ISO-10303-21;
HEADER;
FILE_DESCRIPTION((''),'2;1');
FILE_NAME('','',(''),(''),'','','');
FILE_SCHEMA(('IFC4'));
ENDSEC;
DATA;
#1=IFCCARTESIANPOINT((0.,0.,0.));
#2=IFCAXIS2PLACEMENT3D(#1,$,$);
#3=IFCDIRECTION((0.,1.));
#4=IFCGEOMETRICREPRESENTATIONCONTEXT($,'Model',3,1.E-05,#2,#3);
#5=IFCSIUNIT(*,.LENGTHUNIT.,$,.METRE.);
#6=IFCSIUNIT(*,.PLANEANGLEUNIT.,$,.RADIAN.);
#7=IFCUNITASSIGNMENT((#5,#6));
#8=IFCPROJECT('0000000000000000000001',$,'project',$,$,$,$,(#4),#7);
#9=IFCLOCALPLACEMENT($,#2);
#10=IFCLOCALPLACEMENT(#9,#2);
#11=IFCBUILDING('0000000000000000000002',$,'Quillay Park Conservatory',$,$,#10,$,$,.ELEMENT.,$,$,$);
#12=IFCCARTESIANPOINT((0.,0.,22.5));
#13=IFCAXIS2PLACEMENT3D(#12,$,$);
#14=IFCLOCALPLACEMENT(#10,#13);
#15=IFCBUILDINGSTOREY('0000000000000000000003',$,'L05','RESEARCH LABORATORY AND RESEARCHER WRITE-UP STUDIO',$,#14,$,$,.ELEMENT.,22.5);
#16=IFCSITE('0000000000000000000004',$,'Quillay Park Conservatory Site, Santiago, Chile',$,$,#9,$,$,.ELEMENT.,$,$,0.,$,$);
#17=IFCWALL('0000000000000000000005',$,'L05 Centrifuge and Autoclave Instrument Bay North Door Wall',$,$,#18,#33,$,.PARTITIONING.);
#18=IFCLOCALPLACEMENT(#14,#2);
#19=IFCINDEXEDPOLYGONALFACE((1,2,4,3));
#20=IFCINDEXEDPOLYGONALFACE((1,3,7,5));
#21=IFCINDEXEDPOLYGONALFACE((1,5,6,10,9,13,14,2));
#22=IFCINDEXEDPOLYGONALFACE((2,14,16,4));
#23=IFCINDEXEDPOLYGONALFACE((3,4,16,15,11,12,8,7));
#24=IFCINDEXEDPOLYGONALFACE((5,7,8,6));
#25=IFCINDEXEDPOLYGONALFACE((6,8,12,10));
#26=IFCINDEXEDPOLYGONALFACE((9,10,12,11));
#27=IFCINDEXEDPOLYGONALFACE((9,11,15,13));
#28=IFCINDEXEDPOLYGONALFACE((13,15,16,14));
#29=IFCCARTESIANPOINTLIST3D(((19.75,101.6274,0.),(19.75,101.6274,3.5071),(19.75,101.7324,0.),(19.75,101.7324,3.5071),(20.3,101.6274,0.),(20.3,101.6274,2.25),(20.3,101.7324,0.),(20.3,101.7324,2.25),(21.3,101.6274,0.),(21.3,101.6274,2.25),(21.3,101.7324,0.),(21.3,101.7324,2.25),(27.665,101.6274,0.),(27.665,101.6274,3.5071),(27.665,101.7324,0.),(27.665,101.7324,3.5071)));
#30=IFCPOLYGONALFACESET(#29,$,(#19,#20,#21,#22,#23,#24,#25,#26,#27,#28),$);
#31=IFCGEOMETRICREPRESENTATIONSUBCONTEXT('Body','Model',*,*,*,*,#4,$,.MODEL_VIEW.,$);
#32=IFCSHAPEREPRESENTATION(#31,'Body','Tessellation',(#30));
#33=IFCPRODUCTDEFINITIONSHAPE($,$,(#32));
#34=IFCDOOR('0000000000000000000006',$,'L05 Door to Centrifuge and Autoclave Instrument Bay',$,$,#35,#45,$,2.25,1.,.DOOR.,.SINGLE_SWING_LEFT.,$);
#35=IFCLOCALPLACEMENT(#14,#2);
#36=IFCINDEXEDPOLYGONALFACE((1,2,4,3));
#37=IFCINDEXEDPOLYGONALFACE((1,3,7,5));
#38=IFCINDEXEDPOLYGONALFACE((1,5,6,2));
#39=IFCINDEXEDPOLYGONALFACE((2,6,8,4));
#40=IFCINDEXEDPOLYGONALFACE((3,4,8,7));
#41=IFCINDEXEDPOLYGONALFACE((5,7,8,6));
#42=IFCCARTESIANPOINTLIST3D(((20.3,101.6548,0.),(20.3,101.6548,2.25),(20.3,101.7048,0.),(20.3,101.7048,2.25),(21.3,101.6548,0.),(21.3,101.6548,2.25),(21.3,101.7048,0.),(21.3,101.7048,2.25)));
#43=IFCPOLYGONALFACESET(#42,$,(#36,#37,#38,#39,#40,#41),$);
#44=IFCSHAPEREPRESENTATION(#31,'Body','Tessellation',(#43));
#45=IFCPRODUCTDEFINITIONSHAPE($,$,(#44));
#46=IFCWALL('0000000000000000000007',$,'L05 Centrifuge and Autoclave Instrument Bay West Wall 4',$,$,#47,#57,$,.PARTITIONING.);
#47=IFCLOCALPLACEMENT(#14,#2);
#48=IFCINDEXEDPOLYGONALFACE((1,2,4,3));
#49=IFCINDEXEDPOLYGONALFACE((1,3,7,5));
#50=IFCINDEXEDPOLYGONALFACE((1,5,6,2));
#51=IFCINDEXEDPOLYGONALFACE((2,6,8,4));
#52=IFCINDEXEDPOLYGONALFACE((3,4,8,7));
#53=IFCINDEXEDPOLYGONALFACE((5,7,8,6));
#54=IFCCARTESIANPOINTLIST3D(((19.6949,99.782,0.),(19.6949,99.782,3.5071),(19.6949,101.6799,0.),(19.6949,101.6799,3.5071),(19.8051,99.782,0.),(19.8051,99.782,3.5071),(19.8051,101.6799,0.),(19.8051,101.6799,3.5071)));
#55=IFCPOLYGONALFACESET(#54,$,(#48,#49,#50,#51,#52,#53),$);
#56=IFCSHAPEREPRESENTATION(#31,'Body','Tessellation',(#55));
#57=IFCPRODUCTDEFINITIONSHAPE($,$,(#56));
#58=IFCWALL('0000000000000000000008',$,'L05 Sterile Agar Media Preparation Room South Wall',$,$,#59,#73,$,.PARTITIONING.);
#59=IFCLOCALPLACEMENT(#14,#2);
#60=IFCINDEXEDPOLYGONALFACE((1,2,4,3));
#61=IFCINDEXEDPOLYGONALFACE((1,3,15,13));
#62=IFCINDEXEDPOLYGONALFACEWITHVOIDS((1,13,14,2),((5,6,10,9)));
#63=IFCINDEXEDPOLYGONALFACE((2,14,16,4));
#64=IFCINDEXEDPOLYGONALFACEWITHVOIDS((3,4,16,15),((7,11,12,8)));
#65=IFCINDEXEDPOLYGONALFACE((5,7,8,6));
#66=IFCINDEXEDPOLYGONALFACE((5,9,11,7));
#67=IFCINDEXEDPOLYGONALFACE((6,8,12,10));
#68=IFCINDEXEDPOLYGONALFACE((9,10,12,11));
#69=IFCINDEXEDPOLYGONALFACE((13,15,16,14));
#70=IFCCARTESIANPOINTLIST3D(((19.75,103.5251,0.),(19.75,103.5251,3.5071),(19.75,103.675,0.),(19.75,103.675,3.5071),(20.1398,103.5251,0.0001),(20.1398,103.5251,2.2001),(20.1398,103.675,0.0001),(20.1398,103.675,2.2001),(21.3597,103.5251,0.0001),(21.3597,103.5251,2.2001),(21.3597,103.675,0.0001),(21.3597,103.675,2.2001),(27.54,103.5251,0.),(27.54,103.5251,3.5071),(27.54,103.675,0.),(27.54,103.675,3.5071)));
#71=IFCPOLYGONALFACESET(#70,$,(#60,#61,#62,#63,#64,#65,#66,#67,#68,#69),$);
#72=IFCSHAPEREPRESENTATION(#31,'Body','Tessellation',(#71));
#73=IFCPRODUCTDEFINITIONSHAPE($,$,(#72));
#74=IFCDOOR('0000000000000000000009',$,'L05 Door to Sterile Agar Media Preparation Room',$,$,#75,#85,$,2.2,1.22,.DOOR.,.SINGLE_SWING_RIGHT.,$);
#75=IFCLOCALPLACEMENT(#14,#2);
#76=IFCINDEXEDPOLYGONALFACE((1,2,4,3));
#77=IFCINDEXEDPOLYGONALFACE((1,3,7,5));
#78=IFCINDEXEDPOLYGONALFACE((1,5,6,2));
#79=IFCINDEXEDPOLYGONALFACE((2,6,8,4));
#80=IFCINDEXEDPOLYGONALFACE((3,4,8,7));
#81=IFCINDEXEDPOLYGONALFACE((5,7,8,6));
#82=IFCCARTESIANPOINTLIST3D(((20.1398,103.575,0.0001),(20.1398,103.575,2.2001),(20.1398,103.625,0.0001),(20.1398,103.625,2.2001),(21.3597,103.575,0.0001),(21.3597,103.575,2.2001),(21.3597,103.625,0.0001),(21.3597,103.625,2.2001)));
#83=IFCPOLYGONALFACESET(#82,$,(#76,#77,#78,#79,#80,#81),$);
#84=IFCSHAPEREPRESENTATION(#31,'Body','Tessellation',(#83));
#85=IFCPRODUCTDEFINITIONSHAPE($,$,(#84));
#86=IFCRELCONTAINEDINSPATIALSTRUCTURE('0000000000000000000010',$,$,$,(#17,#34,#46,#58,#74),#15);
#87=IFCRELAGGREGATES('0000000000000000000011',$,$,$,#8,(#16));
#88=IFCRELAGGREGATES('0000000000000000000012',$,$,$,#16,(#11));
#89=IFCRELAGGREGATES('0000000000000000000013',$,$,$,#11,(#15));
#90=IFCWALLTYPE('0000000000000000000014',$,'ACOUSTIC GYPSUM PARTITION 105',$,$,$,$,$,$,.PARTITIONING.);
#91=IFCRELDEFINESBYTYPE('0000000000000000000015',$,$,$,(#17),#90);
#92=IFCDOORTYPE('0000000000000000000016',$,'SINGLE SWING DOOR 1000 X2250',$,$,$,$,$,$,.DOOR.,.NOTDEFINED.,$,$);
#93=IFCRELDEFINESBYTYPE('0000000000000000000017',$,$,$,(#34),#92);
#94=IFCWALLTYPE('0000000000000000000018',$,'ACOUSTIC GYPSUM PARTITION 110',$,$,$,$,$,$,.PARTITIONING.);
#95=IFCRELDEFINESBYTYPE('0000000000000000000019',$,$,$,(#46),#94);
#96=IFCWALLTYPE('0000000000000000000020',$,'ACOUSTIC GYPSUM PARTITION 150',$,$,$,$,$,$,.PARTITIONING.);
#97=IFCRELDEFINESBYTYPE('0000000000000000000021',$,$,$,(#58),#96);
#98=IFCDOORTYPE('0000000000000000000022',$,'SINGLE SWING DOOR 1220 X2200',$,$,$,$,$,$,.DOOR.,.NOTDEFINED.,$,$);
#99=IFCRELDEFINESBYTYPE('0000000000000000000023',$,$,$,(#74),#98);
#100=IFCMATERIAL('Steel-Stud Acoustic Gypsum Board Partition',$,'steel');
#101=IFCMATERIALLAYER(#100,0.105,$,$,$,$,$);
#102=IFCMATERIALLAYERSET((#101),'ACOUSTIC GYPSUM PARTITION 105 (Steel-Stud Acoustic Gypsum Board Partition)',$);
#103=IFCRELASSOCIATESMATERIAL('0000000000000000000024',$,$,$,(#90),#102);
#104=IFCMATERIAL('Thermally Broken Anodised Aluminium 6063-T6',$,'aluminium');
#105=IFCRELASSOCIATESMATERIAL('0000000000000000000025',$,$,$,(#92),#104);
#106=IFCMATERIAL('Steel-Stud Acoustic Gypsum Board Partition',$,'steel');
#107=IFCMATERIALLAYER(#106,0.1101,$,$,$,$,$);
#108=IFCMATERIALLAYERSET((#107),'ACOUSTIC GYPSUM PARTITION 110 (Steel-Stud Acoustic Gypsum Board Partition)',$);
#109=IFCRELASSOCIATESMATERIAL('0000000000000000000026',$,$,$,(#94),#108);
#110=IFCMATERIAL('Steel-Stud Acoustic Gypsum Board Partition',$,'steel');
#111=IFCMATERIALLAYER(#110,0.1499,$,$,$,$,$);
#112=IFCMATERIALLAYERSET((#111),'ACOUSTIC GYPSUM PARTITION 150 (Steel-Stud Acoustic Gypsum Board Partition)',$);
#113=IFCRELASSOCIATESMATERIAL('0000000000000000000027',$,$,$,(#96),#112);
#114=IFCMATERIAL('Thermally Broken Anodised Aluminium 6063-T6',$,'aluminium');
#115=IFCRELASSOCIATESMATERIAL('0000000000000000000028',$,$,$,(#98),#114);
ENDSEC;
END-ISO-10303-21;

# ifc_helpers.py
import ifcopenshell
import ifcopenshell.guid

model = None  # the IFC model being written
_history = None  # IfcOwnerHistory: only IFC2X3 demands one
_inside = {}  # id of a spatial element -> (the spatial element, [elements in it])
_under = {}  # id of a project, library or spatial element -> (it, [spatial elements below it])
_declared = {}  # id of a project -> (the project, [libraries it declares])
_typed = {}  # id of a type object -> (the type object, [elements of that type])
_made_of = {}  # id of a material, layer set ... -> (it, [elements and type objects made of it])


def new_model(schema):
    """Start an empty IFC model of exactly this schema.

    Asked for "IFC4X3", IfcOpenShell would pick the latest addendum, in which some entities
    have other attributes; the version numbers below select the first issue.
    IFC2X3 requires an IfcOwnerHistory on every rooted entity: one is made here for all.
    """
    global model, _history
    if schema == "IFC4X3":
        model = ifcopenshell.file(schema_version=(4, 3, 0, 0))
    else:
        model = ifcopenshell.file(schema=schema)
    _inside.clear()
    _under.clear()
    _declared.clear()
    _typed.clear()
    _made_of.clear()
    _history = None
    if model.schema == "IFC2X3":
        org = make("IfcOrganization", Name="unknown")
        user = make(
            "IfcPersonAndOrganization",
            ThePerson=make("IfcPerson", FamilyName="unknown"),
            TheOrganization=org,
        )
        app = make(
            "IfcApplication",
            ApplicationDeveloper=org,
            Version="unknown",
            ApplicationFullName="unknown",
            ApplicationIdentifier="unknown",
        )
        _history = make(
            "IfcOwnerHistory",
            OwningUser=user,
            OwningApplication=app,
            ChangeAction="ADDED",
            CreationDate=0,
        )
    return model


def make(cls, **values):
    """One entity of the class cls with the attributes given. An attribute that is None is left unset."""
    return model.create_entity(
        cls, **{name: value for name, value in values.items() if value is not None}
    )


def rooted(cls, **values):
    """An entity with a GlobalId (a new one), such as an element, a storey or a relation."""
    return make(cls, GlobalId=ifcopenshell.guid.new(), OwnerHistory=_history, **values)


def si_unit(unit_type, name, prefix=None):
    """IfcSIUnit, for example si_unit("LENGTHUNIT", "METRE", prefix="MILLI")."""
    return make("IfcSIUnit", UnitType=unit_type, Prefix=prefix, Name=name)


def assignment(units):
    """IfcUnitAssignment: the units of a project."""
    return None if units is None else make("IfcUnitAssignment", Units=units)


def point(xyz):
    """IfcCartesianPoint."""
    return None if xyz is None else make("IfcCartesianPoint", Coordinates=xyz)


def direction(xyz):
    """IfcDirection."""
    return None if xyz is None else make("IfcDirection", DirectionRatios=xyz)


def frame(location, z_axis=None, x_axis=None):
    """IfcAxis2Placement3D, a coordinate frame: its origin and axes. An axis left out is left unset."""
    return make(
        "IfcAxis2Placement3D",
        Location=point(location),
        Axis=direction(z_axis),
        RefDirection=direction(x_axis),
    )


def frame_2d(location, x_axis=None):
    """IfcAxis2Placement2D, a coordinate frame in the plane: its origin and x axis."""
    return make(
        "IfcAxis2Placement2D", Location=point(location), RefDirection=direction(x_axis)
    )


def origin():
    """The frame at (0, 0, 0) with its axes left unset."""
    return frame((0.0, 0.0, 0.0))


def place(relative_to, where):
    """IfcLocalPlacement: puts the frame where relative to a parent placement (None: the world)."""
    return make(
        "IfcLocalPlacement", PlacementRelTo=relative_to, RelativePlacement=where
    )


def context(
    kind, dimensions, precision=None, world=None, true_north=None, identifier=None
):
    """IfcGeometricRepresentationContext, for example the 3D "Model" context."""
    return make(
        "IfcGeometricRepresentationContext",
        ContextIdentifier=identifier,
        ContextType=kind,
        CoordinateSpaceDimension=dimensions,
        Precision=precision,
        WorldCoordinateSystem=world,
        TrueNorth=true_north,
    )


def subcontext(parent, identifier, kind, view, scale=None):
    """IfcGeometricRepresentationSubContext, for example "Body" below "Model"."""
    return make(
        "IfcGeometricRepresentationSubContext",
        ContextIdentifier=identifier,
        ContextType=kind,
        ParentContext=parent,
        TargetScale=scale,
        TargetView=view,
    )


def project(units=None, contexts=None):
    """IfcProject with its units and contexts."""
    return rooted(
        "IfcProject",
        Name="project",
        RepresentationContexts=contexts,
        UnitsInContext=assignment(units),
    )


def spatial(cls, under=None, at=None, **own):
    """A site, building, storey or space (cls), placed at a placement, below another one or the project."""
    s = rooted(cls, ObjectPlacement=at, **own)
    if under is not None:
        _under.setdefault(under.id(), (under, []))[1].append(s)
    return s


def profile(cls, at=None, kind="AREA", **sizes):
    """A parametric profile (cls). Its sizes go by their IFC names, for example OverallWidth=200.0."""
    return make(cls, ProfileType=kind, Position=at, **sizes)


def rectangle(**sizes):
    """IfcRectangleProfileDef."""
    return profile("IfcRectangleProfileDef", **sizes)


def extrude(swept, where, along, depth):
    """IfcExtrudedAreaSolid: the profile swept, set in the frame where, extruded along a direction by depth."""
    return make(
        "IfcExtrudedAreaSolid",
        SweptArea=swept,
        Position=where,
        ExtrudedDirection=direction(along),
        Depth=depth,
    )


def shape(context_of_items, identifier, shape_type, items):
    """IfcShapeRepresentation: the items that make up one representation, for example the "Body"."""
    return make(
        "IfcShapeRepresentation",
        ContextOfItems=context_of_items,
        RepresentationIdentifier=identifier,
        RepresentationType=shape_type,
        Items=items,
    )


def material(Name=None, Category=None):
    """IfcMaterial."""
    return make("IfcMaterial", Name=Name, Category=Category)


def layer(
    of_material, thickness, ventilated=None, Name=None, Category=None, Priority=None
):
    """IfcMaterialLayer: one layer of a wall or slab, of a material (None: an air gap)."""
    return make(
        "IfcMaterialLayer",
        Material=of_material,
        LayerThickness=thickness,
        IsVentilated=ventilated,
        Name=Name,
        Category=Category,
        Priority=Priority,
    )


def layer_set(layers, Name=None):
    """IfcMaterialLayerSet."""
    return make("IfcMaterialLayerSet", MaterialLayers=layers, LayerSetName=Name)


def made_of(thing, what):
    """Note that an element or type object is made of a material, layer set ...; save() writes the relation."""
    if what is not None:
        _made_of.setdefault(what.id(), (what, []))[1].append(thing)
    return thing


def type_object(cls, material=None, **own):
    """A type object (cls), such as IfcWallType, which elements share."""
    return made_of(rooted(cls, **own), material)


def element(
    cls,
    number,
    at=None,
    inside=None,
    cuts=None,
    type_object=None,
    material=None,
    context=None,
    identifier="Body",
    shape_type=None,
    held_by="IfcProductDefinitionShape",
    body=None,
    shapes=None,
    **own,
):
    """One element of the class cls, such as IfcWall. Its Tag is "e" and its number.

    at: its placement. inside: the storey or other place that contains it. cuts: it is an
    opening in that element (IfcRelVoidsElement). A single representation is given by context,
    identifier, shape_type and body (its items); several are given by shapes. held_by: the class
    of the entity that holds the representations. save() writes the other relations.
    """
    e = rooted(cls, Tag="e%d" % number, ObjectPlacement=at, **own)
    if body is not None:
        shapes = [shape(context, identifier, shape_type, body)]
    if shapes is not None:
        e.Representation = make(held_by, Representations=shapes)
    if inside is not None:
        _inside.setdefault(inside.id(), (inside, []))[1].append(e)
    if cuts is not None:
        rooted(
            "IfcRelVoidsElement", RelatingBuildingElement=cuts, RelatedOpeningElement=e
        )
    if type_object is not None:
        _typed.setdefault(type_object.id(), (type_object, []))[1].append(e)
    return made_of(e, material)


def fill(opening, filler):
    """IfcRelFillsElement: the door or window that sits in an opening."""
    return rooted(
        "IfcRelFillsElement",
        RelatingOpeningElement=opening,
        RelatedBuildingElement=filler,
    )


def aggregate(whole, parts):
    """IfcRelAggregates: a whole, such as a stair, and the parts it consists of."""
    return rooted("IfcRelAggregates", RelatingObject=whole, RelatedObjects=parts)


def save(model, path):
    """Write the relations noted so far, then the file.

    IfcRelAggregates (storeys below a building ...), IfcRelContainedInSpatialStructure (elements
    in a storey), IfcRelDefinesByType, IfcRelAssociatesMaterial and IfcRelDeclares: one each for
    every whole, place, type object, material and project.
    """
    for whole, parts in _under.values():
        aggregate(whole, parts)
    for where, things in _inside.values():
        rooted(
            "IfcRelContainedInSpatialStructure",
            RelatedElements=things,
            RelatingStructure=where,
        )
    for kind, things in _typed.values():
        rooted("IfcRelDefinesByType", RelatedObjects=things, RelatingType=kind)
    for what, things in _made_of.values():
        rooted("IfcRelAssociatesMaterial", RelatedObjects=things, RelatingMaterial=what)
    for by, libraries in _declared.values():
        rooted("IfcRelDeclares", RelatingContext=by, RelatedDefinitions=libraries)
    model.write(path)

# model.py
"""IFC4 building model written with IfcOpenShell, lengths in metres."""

from ifc_helpers import new_model, si_unit, direction, frame, frame_2d, origin, place, context, subcontext, project, spatial, rectangle, extrude, material, layer, layer_set, type_object, element, fill, save


model = new_model("IFC4")

# Units and contexts
model_context = context("Model", 3, precision=1e-05, world=origin(), true_north=direction((0.0, 1.0)))
body_context = subcontext(model_context, "Body", "Model", "MODEL_VIEW")
ifc_project = project(units=[si_unit("LENGTHUNIT", "METRE"), si_unit("PLANEANGLEUNIT", "RADIAN")], contexts=[model_context])

# Site, building, storey
site_placement = place(None, origin())
site = spatial("IfcSite", under=ifc_project, at=site_placement, Name="Quillay Park Conservatory Site, Santiago, Chile", CompositionType="ELEMENT", RefElevation=0.0)
building_placement = place(site_placement, origin())
building = spatial("IfcBuilding", under=site, at=building_placement, Name="Quillay Park Conservatory", CompositionType="ELEMENT")
storey_placement = place(building_placement, frame((0.0, 0.0, 22.5)))
storey = spatial("IfcBuildingStorey", under=building, at=storey_placement, Name="L05", Description="RESEARCH LABORATORY AND RESEARCHER WRITE-UP STUDIO", CompositionType="ELEMENT", Elevation=22.5)

# Wall, opening, door
ifc_material_1 = material(Name="Steel-Stud Acoustic Gypsum Board Partition", Category="steel")
ifc_layer_1 = layer(ifc_material_1, 0.105)
ifc_layer_set_1 = layer_set([ifc_layer_1], Name="ACOUSTIC GYPSUM PARTITION 105 (Steel-Stud Acoustic Gypsum Board Partition)")
wall_type_1 = type_object("IfcWallType", Name="ACOUSTIC GYPSUM PARTITION 105", PredefinedType="PARTITIONING", material=ifc_layer_set_1)
wall_1_placement = place(storey_placement, frame((19.75, 101.6799, 0.0), z_axis=(0.0, 0.0, 1.0), x_axis=(1.0, 0.0, 0.0)))
wall_1 = element("IfcWall", 1, at=wall_1_placement, inside=storey, type_object=wall_type_1, Name="L05 Centrifuge and Autoclave Instrument Bay North Door Wall", PredefinedType="PARTITIONING", context=body_context, shape_type="SweptSolid", body=[
    extrude(rectangle(XDim=7.915, YDim=0.105, at=frame_2d((3.9575, 0.0))), origin(), (0.0, 0.0, 1.0), 3.5071),
])
opening_1_placement = place(wall_1_placement, frame((0.55, 0.0, 0.0)))
opening_1 = element("IfcOpeningElement", 2, at=opening_1_placement, cuts=wall_1, PredefinedType="OPENING", context=body_context, shape_type="SweptSolid", body=[
    extrude(rectangle(XDim=1.0, YDim=2.25, at=frame_2d((0.5, 1.125))), frame((0.0, 0.0525, 0.0), z_axis=(0.0, -1.0, 0.0), x_axis=(1.0, 0.0, 0.0)), (0.0, 0.0, 1.0), 0.105),
])
ifc_material_2 = material(Name="Thermally Broken Anodised Aluminium 6063-T6", Category="aluminium")
door_type_1 = type_object("IfcDoorType", Name="SINGLE SWING DOOR 1000 X2250", OperationType="NOTDEFINED", PredefinedType="DOOR", material=ifc_material_2)
door_1_placement = place(opening_1_placement, origin())
door_1 = element("IfcDoor", 3, at=door_1_placement, inside=storey, type_object=door_type_1, Name="L05 Door to Centrifuge and Autoclave Instrument Bay", OperationType="SINGLE_SWING_LEFT", OverallHeight=2.25, OverallWidth=1.0, PredefinedType="DOOR", context=body_context, shape_type="SweptSolid", body=[
    extrude(rectangle(XDim=1.0, YDim=2.25, at=frame_2d((0.5, 1.125))), frame((0.0, 0.0249, 0.0), z_axis=(0.0, -1.0, 0.0), x_axis=(1.0, 0.0, 0.0)), (0.0, 0.0, 1.0), 0.05),
])
fill(opening_1, door_1)

# Wall
ifc_material_3 = material(Name="Steel-Stud Acoustic Gypsum Board Partition", Category="steel")
ifc_layer_2 = layer(ifc_material_3, 0.1101)
ifc_layer_set_2 = layer_set([ifc_layer_2], Name="ACOUSTIC GYPSUM PARTITION 110 (Steel-Stud Acoustic Gypsum Board Partition)")
wall_type_2 = type_object("IfcWallType", Name="ACOUSTIC GYPSUM PARTITION 110", PredefinedType="PARTITIONING", material=ifc_layer_set_2)
wall_2_placement = place(storey_placement, frame((19.75, 99.782, 0.0), z_axis=(0.0, 0.0, 1.0), x_axis=(0.0, 1.0, 0.0)))
element("IfcWall", 4, at=wall_2_placement, inside=storey, type_object=wall_type_2, Name="L05 Centrifuge and Autoclave Instrument Bay West Wall 4", PredefinedType="PARTITIONING", context=body_context, shape_type="SweptSolid", body=[
    extrude(rectangle(XDim=1.8979, YDim=0.1101, at=frame_2d((0.949, 0.0))), origin(), (0.0, 0.0, 1.0), 3.5071),
])

# Wall, opening, door
ifc_material_4 = material(Name="Steel-Stud Acoustic Gypsum Board Partition", Category="steel")
ifc_layer_3 = layer(ifc_material_4, 0.1499)
ifc_layer_set_3 = layer_set([ifc_layer_3], Name="ACOUSTIC GYPSUM PARTITION 150 (Steel-Stud Acoustic Gypsum Board Partition)")
wall_type_3 = type_object("IfcWallType", Name="ACOUSTIC GYPSUM PARTITION 150", PredefinedType="PARTITIONING", material=ifc_layer_set_3)
wall_3_placement = place(storey_placement, frame((19.75, 103.6001, 0.0), z_axis=(0.0, 0.0, 1.0), x_axis=(1.0, 0.0, 0.0)))
wall_3 = element("IfcWall", 5, at=wall_3_placement, inside=storey, type_object=wall_type_3, Name="L05 Sterile Agar Media Preparation Room South Wall", PredefinedType="PARTITIONING", context=body_context, shape_type="SweptSolid", body=[
    extrude(rectangle(XDim=7.79, YDim=0.1499, at=frame_2d((3.895, 0.0))), origin(), (0.0, 0.0, 1.0), 3.5071),
])
opening_2_placement = place(wall_3_placement, frame((0.3899, 0.0, 0.0)))
opening_2 = element("IfcOpeningElement", 6, at=opening_2_placement, cuts=wall_3, PredefinedType="OPENING", context=body_context, shape_type="SweptSolid", body=[
    extrude(rectangle(XDim=1.22, YDim=2.2, at=frame_2d((0.6099, 1.1001))), frame((0.0, 0.075, 0.0), z_axis=(0.0, -1.0, 0.0), x_axis=(1.0, 0.0, 0.0)), (0.0, 0.0, 1.0), 0.1499),
])
ifc_material_5 = material(Name="Thermally Broken Anodised Aluminium 6063-T6", Category="aluminium")
door_type_2 = type_object("IfcDoorType", Name="SINGLE SWING DOOR 1220 X2200", OperationType="NOTDEFINED", PredefinedType="DOOR", material=ifc_material_5)
door_2_placement = place(opening_2_placement, origin())
door_2 = element("IfcDoor", 7, at=door_2_placement, inside=storey, type_object=door_type_2, Name="L05 Door to Sterile Agar Media Preparation Room", OperationType="SINGLE_SWING_RIGHT", OverallHeight=2.2, OverallWidth=1.22, PredefinedType="DOOR", context=body_context, shape_type="SweptSolid", body=[
    extrude(rectangle(XDim=1.22, YDim=2.2, at=frame_2d((0.6099, 1.1001))), frame((0.0, 0.0249, 0.0), z_axis=(0.0, -1.0, 0.0), x_axis=(1.0, 0.0, 0.0)), (0.0, 0.0, 1.0), 0.05),
])
fill(opening_2, door_2)

save(model, "model.ifc")
